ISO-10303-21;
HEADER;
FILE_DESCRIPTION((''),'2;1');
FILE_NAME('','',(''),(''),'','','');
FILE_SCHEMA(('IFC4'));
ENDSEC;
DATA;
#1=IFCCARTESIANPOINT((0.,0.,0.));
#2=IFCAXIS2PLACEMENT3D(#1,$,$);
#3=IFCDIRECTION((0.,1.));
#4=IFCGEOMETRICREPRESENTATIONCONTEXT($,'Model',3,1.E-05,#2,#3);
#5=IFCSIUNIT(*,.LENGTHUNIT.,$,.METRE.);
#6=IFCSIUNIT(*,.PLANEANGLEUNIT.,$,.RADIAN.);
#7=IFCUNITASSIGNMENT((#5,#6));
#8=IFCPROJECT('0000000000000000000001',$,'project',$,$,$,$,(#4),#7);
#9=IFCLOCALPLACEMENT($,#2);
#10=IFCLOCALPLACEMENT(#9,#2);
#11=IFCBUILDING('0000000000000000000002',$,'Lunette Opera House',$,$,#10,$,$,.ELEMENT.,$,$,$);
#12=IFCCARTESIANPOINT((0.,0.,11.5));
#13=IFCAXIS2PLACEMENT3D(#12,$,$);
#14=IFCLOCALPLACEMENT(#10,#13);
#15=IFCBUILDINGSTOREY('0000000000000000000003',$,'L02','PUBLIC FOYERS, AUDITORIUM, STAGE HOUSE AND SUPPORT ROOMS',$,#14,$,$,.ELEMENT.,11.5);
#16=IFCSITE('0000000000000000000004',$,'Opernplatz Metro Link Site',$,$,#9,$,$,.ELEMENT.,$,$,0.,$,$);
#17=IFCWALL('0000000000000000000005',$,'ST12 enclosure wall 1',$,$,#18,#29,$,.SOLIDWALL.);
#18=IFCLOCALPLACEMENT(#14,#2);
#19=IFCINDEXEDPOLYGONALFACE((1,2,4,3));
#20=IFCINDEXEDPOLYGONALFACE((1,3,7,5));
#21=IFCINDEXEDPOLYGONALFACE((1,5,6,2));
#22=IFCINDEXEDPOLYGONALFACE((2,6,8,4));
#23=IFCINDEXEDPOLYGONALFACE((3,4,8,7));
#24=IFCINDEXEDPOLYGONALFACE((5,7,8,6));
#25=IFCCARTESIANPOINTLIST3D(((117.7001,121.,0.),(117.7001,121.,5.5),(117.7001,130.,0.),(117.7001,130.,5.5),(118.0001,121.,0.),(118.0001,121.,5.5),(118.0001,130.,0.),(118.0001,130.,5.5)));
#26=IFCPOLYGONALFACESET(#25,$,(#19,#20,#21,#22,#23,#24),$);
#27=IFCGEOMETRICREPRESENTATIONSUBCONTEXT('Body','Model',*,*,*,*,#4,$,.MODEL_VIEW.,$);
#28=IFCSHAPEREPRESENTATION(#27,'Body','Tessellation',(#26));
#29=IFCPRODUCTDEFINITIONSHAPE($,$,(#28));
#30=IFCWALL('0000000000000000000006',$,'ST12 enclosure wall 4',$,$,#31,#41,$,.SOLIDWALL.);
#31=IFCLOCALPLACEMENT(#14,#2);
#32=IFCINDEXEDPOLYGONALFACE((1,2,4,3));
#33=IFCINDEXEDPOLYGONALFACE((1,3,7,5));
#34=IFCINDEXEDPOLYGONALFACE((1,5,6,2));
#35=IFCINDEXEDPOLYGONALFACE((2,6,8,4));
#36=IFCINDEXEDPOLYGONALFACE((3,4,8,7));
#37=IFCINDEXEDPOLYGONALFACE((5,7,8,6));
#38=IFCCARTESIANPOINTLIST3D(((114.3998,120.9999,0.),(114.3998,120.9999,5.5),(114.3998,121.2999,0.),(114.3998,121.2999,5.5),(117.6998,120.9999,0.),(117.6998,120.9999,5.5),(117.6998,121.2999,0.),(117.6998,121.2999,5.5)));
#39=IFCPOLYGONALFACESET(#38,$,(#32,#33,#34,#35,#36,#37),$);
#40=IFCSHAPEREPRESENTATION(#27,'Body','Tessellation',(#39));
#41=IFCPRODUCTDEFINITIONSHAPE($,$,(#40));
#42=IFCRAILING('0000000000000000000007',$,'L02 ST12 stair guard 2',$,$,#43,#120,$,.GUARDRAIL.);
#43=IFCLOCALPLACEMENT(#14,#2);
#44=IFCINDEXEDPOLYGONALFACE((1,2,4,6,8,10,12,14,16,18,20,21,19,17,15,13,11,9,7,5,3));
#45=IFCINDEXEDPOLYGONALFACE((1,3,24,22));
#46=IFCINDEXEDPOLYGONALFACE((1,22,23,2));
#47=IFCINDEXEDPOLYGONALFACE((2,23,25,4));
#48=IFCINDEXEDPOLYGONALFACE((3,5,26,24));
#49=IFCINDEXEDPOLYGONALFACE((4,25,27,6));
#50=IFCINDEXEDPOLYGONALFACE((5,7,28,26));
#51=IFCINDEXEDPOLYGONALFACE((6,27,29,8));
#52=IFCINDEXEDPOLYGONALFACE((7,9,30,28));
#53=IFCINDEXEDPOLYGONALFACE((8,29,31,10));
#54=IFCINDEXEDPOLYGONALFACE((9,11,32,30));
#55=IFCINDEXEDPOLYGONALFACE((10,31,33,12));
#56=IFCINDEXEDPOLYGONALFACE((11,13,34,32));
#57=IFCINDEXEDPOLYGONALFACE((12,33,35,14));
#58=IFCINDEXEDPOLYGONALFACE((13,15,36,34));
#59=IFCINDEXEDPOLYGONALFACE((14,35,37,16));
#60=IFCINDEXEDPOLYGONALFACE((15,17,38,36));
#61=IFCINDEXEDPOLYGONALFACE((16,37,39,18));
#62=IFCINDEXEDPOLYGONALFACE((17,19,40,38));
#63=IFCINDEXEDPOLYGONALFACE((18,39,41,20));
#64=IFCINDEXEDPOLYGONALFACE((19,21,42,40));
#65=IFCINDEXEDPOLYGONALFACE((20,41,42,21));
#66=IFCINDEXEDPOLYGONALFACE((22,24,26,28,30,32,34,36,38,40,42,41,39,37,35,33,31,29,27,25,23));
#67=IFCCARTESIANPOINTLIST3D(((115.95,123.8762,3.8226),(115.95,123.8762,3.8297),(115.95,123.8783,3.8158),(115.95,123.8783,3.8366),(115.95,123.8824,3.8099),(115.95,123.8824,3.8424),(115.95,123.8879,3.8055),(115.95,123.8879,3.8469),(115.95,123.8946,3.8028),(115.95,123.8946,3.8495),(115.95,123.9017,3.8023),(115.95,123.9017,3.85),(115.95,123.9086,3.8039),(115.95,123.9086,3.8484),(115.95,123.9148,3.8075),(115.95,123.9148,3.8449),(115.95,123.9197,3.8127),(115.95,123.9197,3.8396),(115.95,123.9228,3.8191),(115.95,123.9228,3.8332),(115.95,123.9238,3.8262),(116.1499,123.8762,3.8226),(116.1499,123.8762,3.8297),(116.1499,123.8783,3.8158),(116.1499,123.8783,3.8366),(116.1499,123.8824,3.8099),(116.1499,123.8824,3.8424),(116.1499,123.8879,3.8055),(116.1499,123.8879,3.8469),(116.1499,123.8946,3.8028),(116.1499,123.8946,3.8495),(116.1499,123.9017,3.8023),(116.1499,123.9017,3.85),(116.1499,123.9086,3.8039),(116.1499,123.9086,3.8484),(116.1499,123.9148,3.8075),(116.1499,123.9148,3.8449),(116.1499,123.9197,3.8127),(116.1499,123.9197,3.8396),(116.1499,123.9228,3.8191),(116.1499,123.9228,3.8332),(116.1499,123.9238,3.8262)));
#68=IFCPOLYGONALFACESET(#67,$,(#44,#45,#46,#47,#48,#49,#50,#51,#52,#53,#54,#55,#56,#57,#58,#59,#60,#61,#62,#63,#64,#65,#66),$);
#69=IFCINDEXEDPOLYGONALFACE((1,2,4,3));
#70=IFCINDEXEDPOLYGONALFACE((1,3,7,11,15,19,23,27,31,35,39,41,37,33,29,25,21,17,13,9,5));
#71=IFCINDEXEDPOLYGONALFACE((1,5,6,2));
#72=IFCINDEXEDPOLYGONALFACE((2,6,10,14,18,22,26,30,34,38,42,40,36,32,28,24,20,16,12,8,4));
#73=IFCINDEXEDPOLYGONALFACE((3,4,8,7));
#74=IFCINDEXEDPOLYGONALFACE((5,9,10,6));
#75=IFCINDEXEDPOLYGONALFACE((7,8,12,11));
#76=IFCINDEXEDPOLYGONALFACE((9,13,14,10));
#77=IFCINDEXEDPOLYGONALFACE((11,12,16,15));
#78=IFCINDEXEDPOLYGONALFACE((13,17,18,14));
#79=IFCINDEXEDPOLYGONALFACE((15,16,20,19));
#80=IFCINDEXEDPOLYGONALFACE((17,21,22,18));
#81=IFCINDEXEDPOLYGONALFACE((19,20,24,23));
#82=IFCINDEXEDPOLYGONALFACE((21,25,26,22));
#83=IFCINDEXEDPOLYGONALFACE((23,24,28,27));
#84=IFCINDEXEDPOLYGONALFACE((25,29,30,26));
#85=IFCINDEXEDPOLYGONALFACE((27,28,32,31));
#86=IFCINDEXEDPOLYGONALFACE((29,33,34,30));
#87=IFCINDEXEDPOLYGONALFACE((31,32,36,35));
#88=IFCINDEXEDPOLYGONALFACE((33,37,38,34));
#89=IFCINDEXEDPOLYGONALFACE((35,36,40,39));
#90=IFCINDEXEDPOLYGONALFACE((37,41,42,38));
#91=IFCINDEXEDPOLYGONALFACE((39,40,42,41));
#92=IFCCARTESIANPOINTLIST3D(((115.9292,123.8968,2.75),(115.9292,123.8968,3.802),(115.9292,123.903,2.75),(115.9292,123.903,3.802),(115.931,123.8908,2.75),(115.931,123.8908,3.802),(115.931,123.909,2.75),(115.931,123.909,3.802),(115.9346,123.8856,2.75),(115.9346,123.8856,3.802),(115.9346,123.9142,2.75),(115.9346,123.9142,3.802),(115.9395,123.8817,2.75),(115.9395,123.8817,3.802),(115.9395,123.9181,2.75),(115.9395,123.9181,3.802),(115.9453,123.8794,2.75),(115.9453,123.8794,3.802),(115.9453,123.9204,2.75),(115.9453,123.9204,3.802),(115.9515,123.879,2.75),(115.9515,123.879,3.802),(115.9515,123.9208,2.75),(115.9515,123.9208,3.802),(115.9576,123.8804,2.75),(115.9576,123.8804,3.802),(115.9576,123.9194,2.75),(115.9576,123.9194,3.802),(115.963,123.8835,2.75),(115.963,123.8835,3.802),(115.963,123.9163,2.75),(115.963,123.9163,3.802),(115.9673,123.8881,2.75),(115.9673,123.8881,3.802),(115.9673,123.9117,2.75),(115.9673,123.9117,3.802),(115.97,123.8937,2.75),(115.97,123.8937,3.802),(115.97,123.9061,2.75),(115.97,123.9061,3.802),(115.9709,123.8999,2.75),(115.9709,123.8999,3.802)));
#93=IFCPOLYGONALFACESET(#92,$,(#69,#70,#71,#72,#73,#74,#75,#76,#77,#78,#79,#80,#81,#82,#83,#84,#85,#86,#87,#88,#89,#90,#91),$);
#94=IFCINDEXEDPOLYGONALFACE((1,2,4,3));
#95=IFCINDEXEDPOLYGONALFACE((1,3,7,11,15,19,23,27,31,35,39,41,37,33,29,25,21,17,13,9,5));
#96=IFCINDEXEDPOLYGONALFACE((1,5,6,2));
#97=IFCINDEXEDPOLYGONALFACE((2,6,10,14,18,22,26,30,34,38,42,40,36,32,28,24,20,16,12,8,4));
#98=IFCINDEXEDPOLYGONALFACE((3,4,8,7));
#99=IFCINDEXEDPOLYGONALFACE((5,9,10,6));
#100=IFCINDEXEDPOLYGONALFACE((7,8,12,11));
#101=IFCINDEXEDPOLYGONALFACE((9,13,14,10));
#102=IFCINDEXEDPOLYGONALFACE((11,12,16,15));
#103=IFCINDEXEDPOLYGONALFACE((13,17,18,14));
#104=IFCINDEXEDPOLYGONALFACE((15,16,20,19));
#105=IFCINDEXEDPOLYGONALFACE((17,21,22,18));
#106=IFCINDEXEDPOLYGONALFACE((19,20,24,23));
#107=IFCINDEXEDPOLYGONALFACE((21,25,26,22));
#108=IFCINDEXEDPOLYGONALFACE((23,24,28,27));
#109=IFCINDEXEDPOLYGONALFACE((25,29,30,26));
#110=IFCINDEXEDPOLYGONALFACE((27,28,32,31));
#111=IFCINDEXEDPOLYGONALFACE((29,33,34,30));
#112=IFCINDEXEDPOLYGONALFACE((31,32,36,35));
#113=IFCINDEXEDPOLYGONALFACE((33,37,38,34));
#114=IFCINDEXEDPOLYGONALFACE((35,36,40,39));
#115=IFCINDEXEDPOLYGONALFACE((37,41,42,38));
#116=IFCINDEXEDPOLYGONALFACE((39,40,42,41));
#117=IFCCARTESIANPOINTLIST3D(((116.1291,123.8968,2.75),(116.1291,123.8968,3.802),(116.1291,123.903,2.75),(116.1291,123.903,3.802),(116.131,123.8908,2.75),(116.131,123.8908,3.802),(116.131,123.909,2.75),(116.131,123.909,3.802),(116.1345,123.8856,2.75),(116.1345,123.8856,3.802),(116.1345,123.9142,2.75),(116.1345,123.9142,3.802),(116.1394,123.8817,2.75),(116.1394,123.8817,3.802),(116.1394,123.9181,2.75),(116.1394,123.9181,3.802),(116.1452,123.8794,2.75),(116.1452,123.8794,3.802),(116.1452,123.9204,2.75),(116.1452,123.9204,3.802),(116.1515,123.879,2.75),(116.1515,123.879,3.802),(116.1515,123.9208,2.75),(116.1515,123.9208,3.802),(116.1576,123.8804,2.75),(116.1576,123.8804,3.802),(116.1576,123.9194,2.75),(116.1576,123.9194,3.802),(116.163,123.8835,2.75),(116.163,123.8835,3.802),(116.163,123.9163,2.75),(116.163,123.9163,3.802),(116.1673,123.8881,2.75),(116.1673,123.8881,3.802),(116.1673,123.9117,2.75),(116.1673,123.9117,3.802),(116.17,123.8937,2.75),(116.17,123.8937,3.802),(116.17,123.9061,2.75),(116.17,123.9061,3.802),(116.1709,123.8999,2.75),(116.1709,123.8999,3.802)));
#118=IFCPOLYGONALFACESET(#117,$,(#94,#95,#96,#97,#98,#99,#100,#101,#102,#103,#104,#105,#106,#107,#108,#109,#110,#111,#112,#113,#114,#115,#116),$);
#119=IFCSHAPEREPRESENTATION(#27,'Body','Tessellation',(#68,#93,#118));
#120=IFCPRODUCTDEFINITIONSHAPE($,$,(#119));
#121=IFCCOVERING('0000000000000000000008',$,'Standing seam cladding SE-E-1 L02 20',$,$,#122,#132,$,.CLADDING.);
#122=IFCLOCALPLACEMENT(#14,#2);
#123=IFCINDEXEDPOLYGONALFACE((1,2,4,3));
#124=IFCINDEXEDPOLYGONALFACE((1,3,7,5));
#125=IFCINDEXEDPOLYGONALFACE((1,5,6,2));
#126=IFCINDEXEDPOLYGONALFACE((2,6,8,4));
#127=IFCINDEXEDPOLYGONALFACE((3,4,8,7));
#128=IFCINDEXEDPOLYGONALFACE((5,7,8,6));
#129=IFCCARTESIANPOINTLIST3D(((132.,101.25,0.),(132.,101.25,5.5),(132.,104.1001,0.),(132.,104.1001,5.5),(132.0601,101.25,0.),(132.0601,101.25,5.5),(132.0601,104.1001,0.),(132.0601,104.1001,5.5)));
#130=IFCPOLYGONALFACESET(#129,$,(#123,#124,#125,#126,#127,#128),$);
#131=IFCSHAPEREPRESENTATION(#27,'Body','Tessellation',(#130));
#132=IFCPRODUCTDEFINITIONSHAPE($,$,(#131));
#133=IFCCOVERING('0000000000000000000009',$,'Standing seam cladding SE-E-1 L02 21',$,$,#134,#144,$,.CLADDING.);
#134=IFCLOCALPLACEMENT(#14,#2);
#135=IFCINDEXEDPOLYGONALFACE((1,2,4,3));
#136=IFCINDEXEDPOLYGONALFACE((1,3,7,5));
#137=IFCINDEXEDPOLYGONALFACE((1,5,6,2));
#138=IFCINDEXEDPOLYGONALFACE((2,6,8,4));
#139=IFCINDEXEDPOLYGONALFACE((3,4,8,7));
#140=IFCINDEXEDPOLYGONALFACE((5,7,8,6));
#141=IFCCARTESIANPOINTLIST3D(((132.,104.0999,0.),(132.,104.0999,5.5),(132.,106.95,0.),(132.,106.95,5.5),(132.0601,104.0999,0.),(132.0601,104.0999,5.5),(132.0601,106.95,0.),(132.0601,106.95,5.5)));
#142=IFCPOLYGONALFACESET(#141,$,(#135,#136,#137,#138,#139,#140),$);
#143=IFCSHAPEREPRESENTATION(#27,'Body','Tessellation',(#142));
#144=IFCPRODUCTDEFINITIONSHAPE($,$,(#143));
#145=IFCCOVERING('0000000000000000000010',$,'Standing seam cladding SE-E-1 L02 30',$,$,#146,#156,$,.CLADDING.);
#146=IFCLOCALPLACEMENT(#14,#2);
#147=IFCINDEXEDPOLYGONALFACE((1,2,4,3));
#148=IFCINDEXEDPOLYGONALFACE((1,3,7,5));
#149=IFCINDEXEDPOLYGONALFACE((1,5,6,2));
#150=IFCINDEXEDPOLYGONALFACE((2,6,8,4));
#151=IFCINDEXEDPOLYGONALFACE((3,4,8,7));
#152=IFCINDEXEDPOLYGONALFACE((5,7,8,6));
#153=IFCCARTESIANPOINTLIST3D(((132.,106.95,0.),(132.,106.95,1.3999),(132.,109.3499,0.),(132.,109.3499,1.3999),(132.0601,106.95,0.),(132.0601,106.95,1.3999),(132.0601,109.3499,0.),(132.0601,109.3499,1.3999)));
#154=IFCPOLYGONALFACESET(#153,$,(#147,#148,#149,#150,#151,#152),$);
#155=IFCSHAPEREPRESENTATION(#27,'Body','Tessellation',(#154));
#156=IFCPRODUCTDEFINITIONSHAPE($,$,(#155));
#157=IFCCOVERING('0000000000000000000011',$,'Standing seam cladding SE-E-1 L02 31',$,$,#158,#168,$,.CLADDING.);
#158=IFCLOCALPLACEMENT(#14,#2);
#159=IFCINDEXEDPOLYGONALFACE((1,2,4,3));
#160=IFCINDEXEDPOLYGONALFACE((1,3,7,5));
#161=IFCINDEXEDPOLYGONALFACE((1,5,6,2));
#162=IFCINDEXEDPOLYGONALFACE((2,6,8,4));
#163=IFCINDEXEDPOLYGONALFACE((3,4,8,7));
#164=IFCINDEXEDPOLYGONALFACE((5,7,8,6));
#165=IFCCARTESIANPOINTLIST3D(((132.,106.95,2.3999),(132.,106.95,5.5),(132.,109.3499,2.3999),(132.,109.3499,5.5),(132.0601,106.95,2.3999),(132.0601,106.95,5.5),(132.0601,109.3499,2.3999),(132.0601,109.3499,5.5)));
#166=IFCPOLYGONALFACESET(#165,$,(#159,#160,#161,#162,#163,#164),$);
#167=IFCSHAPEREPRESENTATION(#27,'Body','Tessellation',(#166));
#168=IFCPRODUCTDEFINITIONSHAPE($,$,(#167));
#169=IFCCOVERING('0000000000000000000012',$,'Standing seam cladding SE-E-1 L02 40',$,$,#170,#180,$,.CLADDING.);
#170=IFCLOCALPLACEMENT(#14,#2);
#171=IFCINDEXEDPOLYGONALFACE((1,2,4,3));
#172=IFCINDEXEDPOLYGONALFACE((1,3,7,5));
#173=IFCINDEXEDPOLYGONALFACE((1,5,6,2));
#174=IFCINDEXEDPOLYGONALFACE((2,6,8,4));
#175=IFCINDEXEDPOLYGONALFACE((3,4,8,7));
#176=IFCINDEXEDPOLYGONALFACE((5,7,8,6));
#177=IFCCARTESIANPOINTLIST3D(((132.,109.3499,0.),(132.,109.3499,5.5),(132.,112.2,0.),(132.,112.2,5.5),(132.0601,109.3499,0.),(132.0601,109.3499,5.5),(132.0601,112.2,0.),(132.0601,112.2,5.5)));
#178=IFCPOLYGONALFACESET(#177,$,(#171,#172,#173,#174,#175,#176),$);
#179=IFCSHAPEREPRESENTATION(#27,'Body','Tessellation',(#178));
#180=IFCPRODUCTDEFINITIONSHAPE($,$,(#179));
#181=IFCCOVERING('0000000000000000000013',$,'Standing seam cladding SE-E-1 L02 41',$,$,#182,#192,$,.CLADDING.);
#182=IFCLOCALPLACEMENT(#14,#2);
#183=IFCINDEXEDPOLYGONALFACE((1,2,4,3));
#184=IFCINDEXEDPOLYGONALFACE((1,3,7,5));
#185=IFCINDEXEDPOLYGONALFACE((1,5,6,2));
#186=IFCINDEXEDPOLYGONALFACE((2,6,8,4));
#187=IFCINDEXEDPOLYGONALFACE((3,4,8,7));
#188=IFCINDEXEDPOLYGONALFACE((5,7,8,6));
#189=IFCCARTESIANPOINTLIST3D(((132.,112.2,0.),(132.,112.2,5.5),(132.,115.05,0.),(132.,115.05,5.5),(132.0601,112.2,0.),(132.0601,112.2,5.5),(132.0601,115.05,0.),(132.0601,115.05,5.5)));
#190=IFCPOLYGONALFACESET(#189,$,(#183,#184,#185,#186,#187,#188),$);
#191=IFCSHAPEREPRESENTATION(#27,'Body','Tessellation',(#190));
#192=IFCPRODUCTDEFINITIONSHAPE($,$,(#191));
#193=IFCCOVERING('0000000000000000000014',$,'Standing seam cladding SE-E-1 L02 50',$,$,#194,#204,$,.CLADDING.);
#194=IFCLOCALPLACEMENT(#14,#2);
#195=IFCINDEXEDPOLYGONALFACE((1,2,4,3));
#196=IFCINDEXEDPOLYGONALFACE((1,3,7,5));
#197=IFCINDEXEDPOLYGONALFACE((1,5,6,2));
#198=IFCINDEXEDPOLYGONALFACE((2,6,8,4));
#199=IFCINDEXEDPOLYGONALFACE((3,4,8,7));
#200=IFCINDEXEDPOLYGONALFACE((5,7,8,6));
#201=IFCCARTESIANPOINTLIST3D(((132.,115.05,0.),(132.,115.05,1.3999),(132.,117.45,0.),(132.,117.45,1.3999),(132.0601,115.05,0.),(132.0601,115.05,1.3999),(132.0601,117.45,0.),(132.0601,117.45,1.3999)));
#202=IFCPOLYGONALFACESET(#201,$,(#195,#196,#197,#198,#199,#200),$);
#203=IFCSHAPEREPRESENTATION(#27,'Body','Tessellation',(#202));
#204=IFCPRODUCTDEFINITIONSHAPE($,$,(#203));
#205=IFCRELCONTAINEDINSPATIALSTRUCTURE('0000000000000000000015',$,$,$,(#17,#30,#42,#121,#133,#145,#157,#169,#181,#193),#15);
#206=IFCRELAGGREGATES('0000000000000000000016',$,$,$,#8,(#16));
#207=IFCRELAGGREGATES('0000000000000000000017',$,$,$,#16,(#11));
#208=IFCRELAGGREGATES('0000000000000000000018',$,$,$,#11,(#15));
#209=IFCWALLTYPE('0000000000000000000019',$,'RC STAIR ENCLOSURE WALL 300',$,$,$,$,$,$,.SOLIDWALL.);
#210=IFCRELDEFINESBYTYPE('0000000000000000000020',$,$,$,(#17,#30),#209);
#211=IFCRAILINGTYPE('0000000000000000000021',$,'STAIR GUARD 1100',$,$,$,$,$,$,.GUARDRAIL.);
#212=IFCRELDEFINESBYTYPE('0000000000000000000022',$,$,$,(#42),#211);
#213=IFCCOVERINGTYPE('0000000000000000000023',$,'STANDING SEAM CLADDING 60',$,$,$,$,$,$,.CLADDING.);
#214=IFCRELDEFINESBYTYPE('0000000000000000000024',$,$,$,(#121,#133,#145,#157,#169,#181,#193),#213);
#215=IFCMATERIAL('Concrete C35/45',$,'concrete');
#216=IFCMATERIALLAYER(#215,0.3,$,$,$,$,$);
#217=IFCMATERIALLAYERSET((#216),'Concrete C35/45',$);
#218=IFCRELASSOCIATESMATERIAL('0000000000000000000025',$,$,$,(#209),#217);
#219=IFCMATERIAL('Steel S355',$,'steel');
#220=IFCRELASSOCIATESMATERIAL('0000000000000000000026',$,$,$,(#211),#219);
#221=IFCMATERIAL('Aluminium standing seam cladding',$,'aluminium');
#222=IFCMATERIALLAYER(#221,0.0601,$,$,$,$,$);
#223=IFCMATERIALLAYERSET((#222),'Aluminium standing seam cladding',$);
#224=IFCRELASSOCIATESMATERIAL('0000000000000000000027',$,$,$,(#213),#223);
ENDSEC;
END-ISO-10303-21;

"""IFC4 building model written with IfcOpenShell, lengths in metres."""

from ifc_helpers import new_model, si_unit, direction, frame, frame_2d, origin, origin_2d, place, context, subcontext, project, spatial, rectangle, circle, extrude, material, layer, layer_set, type_object, element, save


model = new_model("IFC4")

# Units and contexts
model_context = context("Model", 3, precision=1e-05, world=origin(), true_north=direction((0.0, 1.0)))
body_context = subcontext(model_context, "Body", "Model", "MODEL_VIEW")
ifc_project = project(units=[si_unit("LENGTHUNIT", "METRE"), si_unit("PLANEANGLEUNIT", "RADIAN")], contexts=[model_context])

# Site, building, storey
site_placement = place(None, origin())
site = spatial("IfcSite", under=ifc_project, at=site_placement, Name="Opernplatz Metro Link Site", CompositionType="ELEMENT", RefElevation=0.0)
building_placement = place(site_placement, origin())
building = spatial("IfcBuilding", under=site, at=building_placement, Name="Lunette Opera House", CompositionType="ELEMENT")
storey_placement = place(building_placement, frame((0.0, 0.0, 11.5)))
storey = spatial("IfcBuildingStorey", under=building, at=storey_placement, Name="L02", Description="PUBLIC FOYERS, AUDITORIUM, STAGE HOUSE AND SUPPORT ROOMS", CompositionType="ELEMENT", Elevation=11.5)

# Walls
ifc_material_1 = material(Name="Concrete C35/45", Category="concrete")
ifc_layer_1 = layer(ifc_material_1, 0.3)
ifc_layer_set_1 = layer_set([ifc_layer_1], Name="Concrete C35/45")
wall_type = type_object("IfcWallType", Name="RC STAIR ENCLOSURE WALL 300", PredefinedType="SOLIDWALL", material=ifc_layer_set_1)
wall_1_placement = place(storey_placement, frame((117.8501, 121.0, 0.0), z_axis=(0.0, 0.0, 1.0), x_axis=(0.0, 1.0, 0.0)))
element("IfcWall", 1, at=wall_1_placement, inside=storey, type_object=wall_type, Name="ST12 enclosure wall 1", PredefinedType="SOLIDWALL", context=body_context, shape_type="SweptSolid", body=[
    extrude(rectangle(XDim=9.0, YDim=0.3, at=frame_2d((4.5, 0.0))), origin(), (0.0, 0.0, 1.0), 5.5),
])
wall_2_placement = place(storey_placement, frame((114.3999, 121.1499, 0.0), z_axis=(0.0, 0.0, 1.0), x_axis=(1.0, 0.0, 0.0)))
element("IfcWall", 2, at=wall_2_placement, inside=storey, type_object=wall_type, Name="ST12 enclosure wall 4", PredefinedType="SOLIDWALL", context=body_context, shape_type="SweptSolid", body=[
    extrude(rectangle(XDim=3.3, YDim=0.3, at=frame_2d((1.6499, 0.0))), origin(), (0.0, 0.0, 1.0), 5.5),
])

# Railing
ifc_material_2 = material(Name="Steel S355", Category="steel")
railing_type = type_object("IfcRailingType", Name="STAIR GUARD 1100", PredefinedType="GUARDRAIL", material=ifc_material_2)
railing_placement = place(storey_placement, frame((115.95, 123.8999, 2.75)))
element("IfcRailing", 3, at=railing_placement, inside=storey, type_object=railing_type, Name="L02 ST12 stair guard 2", PredefinedType="GUARDRAIL", context=body_context, shape_type="SweptSolid", body=[
    extrude(circle(Radius=0.0239, at=origin_2d()), frame((0.0, 0.0, 1.0762), z_axis=(1.0, 0.0, 0.0), x_axis=(0.0, 1.0, 0.0)), (0.0, 0.0, 1.0), 0.2),
    extrude(circle(Radius=0.021, at=origin_2d()), origin(), (0.0, 0.0, 1.0), 1.052),
    extrude(circle(Radius=0.021, at=origin_2d()), frame((0.2, 0.0, 0.0)), (0.0, 0.0, 1.0), 1.052),
])

# Coverings
ifc_material_3 = material(Name="Aluminium standing seam cladding", Category="aluminium")
ifc_layer_2 = layer(ifc_material_3, 0.0601)
ifc_layer_set_2 = layer_set([ifc_layer_2], Name="Aluminium standing seam cladding")
covering_type = type_object("IfcCoveringType", Name="STANDING SEAM CLADDING 60", PredefinedType="CLADDING", material=ifc_layer_set_2)
for number, where, z_axis, x_axis, name in (
    (4, (132.03, 102.675, 0.0), (0.0, 0.0, 1.0), (0.0, 1.0, 0.0), "Standing seam cladding SE-E-1 L02 20"),
    (5, (132.03, 105.5249, 0.0), (0.0, 0.0, 1.0), (0.0, 1.0, 0.0), "Standing seam cladding SE-E-1 L02 21"),
):
    element("IfcCovering", number, at=place(storey_placement, frame(where, z_axis=z_axis, x_axis=x_axis)), inside=storey, type_object=covering_type, Name=name, PredefinedType="CLADDING", context=body_context, shape_type="SweptSolid", body=[
        extrude(rectangle(XDim=2.8501, YDim=0.0601, at=origin_2d()), origin(), (0.0, 0.0, 1.0), 5.5),
    ])
covering_1_placement = place(storey_placement, frame((132.03, 108.1499, 0.0), z_axis=(0.0, 0.0, 1.0), x_axis=(0.0, 1.0, 0.0)))
element("IfcCovering", 6, at=covering_1_placement, inside=storey, type_object=covering_type, Name="Standing seam cladding SE-E-1 L02 30", PredefinedType="CLADDING", context=body_context, shape_type="SweptSolid", body=[
    extrude(rectangle(XDim=2.3999, YDim=0.0601, at=origin_2d()), origin(), (0.0, 0.0, 1.0), 1.3999),
])
covering_2_placement = place(storey_placement, frame((132.03, 108.1499, 2.3999), z_axis=(0.0, 0.0, 1.0), x_axis=(0.0, 1.0, 0.0)))
element("IfcCovering", 7, at=covering_2_placement, inside=storey, type_object=covering_type, Name="Standing seam cladding SE-E-1 L02 31", PredefinedType="CLADDING", context=body_context, shape_type="SweptSolid", body=[
    extrude(rectangle(XDim=2.3999, YDim=0.0601, at=origin_2d()), origin(), (0.0, 0.0, 1.0), 3.1001),
])
for number, where, z_axis, x_axis, name in (
    (8, (132.03, 110.7749, 0.0), (0.0, 0.0, 1.0), (0.0, 1.0, 0.0), "Standing seam cladding SE-E-1 L02 40"),
    (9, (132.03, 113.625, 0.0), (0.0, 0.0, 1.0), (0.0, 1.0, 0.0), "Standing seam cladding SE-E-1 L02 41"),
):
    element("IfcCovering", number, at=place(storey_placement, frame(where, z_axis=z_axis, x_axis=x_axis)), inside=storey, type_object=covering_type, Name=name, PredefinedType="CLADDING", context=body_context, shape_type="SweptSolid", body=[
        extrude(rectangle(XDim=2.8501, YDim=0.0601, at=origin_2d()), origin(), (0.0, 0.0, 1.0), 5.5),
    ])
covering_3_placement = place(storey_placement, frame((132.03, 116.25, 0.0), z_axis=(0.0, 0.0, 1.0), x_axis=(0.0, 1.0, 0.0)))
element("IfcCovering", 10, at=covering_3_placement, inside=storey, type_object=covering_type, Name="Standing seam cladding SE-E-1 L02 50", PredefinedType="CLADDING", context=body_context, shape_type="SweptSolid", body=[
    extrude(rectangle(XDim=2.3999, YDim=0.0601, at=origin_2d()), origin(), (0.0, 0.0, 1.0), 1.3999),
])

save(model, "model.ifc")
